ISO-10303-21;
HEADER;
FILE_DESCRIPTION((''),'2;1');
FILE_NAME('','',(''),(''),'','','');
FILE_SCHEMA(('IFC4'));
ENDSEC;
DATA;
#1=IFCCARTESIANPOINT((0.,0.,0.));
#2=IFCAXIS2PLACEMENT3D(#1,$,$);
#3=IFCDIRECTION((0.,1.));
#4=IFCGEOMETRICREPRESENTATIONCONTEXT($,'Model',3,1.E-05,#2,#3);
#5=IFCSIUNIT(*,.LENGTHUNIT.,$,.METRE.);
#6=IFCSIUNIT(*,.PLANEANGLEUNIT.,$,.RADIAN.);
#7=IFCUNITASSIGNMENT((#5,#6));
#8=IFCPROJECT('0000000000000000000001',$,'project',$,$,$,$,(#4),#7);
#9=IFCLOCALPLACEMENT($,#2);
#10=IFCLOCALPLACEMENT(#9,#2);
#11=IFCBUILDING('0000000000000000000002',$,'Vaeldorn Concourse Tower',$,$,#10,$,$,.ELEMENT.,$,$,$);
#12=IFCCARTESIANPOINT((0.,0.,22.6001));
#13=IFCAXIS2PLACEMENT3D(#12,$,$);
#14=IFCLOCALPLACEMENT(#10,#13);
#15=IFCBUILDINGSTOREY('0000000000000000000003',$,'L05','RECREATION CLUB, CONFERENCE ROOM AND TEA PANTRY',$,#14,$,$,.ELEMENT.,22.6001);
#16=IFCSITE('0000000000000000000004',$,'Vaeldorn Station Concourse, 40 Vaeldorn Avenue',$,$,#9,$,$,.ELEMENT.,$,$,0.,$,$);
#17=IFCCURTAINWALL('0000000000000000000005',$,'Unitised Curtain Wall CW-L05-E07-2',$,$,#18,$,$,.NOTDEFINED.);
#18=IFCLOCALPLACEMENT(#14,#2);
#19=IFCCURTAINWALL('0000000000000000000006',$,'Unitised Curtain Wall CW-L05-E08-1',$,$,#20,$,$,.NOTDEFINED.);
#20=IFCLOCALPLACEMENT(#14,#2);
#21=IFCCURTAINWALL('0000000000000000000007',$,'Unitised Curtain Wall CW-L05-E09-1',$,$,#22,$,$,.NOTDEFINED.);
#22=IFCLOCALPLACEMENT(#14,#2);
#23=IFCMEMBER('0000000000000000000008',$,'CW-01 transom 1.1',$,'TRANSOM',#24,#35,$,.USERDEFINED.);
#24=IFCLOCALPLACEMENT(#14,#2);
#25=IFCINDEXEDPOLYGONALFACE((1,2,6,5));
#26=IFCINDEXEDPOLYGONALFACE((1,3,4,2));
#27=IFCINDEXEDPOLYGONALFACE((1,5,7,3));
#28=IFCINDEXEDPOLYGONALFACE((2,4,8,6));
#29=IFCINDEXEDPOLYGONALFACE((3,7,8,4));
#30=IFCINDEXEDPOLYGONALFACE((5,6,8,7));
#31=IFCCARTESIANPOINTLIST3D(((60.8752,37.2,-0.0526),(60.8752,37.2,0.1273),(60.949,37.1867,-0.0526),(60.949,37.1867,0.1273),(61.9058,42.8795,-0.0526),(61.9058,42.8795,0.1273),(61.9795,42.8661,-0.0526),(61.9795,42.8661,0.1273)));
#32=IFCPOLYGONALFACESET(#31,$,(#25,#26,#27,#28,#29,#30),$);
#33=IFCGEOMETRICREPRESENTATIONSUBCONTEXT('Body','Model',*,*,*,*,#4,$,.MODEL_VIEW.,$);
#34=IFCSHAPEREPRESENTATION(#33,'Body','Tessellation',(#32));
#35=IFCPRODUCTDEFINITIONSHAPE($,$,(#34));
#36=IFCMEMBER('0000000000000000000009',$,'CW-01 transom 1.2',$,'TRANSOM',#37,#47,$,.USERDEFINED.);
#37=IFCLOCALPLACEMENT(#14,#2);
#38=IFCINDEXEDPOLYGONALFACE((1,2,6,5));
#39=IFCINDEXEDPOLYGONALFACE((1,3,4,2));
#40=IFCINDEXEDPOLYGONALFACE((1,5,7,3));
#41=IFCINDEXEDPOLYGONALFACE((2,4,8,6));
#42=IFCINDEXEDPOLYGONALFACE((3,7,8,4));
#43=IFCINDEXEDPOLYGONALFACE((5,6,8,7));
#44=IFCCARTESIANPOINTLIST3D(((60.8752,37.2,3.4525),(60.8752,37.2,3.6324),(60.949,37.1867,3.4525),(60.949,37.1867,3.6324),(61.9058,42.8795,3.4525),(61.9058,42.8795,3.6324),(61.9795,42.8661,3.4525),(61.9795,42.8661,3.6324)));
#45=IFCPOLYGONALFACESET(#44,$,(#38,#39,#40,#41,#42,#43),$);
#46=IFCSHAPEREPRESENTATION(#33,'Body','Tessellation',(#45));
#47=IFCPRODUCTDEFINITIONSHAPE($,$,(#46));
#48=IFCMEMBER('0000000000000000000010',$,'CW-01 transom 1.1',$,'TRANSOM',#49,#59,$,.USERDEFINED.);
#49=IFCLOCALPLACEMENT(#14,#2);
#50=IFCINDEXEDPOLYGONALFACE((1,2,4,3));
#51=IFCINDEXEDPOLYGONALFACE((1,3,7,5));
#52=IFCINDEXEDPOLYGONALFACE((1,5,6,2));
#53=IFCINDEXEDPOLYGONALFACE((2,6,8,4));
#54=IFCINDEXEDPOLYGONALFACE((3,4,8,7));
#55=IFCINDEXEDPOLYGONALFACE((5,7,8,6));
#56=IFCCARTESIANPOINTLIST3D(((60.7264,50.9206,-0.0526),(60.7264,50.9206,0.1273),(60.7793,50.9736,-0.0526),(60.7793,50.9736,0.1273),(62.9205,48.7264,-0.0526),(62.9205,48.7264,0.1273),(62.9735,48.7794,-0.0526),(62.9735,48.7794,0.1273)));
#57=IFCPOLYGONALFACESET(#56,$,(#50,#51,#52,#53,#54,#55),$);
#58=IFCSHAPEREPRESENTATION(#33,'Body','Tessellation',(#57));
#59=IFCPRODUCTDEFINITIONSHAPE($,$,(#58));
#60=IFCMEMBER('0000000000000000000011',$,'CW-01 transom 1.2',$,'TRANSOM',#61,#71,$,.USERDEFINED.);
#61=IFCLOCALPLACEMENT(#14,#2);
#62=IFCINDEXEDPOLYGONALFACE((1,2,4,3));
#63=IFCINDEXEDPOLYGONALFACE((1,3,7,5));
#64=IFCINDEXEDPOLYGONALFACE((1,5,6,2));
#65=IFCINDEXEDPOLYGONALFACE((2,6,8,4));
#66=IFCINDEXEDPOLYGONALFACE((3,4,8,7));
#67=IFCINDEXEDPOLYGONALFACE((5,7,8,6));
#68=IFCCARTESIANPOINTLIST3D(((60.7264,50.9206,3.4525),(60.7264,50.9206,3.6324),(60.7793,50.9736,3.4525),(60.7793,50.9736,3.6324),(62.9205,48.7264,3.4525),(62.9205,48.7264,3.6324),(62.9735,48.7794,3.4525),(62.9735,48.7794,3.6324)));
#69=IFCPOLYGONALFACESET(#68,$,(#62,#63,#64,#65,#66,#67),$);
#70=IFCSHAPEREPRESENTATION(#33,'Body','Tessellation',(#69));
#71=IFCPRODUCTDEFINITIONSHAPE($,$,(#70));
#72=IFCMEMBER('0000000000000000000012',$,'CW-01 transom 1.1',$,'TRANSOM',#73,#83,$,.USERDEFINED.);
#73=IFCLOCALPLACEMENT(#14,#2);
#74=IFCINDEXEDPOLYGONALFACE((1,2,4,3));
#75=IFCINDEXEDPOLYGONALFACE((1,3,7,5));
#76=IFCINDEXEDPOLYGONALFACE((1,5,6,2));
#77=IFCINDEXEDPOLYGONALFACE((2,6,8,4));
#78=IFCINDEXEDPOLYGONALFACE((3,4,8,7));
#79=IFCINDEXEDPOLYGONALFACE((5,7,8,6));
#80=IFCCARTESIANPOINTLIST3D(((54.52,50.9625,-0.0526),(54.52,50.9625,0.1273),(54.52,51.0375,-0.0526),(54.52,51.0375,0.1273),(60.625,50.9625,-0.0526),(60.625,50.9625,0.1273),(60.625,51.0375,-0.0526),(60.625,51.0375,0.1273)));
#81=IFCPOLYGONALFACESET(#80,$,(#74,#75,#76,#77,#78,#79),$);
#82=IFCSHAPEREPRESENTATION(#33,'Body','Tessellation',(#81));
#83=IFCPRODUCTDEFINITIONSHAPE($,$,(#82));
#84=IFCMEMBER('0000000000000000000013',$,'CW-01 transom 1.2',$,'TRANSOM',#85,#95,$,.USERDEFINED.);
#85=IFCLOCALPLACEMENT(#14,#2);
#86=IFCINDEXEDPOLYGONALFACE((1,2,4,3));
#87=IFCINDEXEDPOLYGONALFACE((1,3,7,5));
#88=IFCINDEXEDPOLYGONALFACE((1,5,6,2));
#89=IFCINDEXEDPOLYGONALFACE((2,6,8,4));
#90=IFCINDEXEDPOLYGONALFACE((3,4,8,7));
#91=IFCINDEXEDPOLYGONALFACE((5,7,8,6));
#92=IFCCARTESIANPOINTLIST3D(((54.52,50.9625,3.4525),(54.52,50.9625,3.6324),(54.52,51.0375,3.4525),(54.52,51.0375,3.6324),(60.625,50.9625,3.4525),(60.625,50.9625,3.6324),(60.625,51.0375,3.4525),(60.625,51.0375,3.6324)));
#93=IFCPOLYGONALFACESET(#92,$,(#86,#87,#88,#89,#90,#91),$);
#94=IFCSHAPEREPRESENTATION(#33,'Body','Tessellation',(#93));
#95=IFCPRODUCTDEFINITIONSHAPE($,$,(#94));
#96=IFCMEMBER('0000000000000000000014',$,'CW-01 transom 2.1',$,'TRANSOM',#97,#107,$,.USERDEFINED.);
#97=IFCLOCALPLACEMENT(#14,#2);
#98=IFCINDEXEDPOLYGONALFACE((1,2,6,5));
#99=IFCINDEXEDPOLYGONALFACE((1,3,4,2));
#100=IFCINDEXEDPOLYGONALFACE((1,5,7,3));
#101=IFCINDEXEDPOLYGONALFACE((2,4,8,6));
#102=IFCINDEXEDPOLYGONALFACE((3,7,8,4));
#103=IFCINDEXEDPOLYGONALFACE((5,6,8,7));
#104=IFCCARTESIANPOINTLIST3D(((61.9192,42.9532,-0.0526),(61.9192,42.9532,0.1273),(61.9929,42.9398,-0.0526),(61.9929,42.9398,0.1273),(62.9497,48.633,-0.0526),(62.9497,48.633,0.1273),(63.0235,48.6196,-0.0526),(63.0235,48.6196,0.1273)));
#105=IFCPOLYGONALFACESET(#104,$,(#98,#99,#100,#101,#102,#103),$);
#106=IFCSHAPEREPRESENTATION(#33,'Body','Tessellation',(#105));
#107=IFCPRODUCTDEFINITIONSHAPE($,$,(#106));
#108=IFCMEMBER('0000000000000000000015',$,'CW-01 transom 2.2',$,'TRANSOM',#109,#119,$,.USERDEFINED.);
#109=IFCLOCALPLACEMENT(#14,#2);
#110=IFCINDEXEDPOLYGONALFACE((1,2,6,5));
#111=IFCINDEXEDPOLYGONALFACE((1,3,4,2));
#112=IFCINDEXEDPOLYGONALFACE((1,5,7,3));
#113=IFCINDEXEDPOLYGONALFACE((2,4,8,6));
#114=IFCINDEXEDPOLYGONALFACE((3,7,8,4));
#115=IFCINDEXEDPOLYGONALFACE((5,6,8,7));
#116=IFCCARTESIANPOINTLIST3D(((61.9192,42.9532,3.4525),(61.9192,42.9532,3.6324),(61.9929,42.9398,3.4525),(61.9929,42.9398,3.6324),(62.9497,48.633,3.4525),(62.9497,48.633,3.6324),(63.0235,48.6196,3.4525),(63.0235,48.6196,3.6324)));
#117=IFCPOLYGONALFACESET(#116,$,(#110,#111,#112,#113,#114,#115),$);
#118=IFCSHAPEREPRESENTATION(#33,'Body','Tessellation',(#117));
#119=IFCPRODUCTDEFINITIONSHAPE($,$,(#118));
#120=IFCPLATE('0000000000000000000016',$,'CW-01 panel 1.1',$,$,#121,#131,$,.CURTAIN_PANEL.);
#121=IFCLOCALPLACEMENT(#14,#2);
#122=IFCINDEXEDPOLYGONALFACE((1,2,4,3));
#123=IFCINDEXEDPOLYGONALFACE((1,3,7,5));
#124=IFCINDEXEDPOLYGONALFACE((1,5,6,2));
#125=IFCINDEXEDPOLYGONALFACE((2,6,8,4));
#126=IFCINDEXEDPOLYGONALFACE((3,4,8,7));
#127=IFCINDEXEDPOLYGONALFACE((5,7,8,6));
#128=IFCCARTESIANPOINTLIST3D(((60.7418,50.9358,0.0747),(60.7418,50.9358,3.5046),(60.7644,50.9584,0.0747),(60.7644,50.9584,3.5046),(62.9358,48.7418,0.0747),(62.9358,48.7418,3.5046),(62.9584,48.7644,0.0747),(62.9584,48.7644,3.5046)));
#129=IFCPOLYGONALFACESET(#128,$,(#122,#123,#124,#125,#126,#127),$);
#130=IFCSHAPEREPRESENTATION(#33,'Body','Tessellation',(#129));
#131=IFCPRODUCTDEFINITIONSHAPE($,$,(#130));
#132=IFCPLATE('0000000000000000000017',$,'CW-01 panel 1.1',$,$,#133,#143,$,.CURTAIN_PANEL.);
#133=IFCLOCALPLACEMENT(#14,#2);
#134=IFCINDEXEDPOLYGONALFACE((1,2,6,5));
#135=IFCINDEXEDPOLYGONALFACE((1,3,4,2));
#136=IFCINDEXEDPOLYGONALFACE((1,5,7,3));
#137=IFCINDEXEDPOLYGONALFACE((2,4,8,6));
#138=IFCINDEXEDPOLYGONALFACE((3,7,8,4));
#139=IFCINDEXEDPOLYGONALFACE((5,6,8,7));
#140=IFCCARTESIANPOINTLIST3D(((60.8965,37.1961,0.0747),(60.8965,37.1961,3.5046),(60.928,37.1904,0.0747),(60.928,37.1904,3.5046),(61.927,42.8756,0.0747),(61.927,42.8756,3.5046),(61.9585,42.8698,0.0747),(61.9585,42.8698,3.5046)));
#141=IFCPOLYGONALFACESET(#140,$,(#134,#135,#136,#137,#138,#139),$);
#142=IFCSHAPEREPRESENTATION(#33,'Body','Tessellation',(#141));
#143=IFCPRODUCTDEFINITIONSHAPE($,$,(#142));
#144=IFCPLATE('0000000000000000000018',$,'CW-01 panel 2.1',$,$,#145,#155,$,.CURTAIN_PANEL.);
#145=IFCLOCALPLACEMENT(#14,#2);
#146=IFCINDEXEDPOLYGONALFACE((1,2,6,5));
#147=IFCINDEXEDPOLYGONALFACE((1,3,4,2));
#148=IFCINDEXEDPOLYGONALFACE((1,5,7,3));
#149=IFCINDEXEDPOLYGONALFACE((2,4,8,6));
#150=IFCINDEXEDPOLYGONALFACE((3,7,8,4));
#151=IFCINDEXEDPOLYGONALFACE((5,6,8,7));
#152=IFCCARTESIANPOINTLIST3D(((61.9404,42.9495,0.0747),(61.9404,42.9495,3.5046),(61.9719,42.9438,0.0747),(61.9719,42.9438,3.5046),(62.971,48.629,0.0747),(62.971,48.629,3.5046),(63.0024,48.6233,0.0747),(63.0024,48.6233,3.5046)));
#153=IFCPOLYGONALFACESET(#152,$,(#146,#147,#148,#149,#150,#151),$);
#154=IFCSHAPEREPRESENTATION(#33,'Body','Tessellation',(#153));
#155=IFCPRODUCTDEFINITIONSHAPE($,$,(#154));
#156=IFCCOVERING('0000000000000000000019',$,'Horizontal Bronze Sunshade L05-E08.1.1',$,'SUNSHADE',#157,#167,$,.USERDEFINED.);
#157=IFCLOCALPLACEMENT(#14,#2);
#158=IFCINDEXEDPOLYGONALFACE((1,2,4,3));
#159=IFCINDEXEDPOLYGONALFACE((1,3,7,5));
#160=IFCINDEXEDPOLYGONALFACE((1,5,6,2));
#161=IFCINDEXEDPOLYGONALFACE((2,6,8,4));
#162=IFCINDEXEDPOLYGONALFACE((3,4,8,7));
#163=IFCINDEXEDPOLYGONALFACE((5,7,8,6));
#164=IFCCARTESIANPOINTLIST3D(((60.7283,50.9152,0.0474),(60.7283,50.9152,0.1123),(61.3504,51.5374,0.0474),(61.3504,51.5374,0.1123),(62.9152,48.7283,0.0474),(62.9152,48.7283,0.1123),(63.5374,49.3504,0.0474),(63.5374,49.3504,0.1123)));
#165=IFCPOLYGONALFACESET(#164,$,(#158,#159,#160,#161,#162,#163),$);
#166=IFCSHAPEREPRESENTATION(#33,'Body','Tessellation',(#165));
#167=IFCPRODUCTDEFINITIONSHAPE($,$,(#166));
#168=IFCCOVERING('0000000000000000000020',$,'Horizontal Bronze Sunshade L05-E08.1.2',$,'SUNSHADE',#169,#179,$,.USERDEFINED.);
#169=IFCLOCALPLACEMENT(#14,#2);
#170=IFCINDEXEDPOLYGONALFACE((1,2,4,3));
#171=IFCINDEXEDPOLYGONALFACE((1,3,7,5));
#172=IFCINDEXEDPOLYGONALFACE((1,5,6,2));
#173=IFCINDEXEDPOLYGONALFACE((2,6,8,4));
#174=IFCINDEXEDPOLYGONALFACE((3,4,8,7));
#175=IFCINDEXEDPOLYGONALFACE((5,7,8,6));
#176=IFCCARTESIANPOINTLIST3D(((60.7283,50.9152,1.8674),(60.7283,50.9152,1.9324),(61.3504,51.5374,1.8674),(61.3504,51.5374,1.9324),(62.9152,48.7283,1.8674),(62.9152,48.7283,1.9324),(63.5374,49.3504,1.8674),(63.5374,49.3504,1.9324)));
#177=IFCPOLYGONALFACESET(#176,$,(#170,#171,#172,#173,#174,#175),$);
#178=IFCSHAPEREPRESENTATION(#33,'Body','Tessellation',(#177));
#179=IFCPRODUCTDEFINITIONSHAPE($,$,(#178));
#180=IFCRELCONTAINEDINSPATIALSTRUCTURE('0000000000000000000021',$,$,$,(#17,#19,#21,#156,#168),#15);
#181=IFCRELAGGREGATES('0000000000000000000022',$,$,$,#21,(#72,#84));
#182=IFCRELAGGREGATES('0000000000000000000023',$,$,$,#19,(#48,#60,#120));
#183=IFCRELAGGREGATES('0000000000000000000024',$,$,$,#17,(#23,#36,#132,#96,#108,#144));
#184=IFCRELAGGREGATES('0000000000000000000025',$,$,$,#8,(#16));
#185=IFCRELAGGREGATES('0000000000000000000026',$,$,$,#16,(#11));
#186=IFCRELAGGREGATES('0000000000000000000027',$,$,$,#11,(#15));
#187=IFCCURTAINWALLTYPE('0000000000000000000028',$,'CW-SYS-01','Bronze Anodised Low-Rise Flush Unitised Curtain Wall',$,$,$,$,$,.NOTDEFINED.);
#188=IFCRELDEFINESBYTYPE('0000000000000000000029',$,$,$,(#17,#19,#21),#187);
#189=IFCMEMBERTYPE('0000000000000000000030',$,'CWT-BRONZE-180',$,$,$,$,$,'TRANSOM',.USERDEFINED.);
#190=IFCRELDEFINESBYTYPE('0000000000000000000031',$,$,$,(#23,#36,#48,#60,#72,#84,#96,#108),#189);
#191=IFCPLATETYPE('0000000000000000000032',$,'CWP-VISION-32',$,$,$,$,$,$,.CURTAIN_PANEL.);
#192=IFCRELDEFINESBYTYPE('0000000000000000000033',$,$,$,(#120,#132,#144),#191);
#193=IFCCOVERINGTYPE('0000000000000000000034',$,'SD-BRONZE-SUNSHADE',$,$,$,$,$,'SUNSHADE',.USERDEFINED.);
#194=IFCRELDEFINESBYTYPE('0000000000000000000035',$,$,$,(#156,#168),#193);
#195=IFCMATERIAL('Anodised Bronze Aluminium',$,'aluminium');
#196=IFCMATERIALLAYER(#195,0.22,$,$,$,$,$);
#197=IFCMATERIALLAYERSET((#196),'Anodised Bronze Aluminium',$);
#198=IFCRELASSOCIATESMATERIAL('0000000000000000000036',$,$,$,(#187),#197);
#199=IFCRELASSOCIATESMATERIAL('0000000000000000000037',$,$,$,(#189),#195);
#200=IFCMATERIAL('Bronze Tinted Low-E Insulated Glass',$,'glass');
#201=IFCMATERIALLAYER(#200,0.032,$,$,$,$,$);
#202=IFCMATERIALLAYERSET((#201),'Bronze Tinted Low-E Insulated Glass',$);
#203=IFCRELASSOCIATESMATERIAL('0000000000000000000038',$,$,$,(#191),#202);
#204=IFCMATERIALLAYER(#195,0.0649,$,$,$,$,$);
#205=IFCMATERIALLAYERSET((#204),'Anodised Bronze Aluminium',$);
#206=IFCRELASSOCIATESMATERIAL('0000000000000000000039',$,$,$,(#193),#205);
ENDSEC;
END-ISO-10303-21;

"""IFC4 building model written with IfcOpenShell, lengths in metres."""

from ifc_helpers import new_model, si_unit, direction, frame, origin, origin_2d, place, context, subcontext, project, spatial, rectangle, extrude, source, transform, mapped, material, layer, layer_set, material_profile, profile_set, type_object, element, aggregate, save


model = new_model("IFC4")

# Units and contexts
model_context = context("Model", 3, precision=1e-05, world=origin(), true_north=direction((0.0, 1.0)))
body_context = subcontext(model_context, "Body", "Model", "MODEL_VIEW")
ifc_project = project(units=[si_unit("LENGTHUNIT", "METRE"), si_unit("PLANEANGLEUNIT", "RADIAN")], contexts=[model_context])

# Site, building, storey
site_placement = place(None, origin())
site = spatial("IfcSite", under=ifc_project, at=site_placement, Name="Vaeldorn Station Concourse, 40 Vaeldorn Avenue", CompositionType="ELEMENT", RefElevation=0.0)
building_placement = place(site_placement, origin())
building = spatial("IfcBuilding", under=site, at=building_placement, Name="Vaeldorn Concourse Tower", CompositionType="ELEMENT")
storey_placement = place(building_placement, frame((0.0, 0.0, 22.6001)))
storey = spatial("IfcBuildingStorey", under=building, at=storey_placement, Name="L05", Description="RECREATION CLUB, CONFERENCE ROOM AND TEA PANTRY", CompositionType="ELEMENT", Elevation=22.6001)

# Shared definitions
ifc_material_1 = material(Name="Anodised Bronze Aluminium", Category="aluminium")
ifc_layer_1 = layer(ifc_material_1, 0.22)
ifc_layer_set_1 = layer_set([ifc_layer_1], Name="Anodised Bronze Aluminium")
curtain_wall_type = type_object("IfcCurtainWallType", Name="CW-SYS-01", Description="Bronze Anodised Low-Rise Flush Unitised Curtain Wall", PredefinedType="NOTDEFINED", material=ifc_layer_set_1)

# Curtain walls
curtain_wall_1_placement = place(storey_placement, origin())
curtain_wall_1 = element("IfcCurtainWall", 1, at=curtain_wall_1_placement, inside=storey, type_object=curtain_wall_type, Name="Unitised Curtain Wall CW-L05-E07-2", PredefinedType="NOTDEFINED")
curtain_wall_2_placement = place(storey_placement, origin())
curtain_wall_2 = element("IfcCurtainWall", 2, at=curtain_wall_2_placement, inside=storey, type_object=curtain_wall_type, Name="Unitised Curtain Wall CW-L05-E08-1", PredefinedType="NOTDEFINED")

# Curtain wall
curtain_wall_3_placement = place(storey_placement, origin())
curtain_wall_3 = element("IfcCurtainWall", 3, at=curtain_wall_3_placement, inside=storey, type_object=curtain_wall_type, Name="Unitised Curtain Wall CW-L05-E09-1", PredefinedType="NOTDEFINED")

# Members
ifc_material_profile_1 = material_profile(ifc_material_1, rectangle(XDim=0.075, YDim=0.1799, at=origin_2d()), Name="CWT 75x180")
ifc_profile_set_1 = profile_set([ifc_material_profile_1], Name="Anodised Bronze Aluminium")
member_type_1 = type_object("IfcMemberType", Name="CWT-BRONZE-180", ElementType="TRANSOM", PredefinedType="USERDEFINED", material=ifc_profile_set_1)
shared_shape_1 = source(origin(), body_context, "Body", "SweptSolid", [
    extrude(rectangle(XDim=0.075, YDim=0.1799, at=origin_2d()), origin(), (0.0, 0.0, 1.0), 5.7722),
])
member_1_placement = place(storey_placement, frame((60.9121, 37.1934, 0.0374), z_axis=(0.178532, 0.983934, 0.0), x_axis=(-0.983934, 0.178532, 0.0)))
member_1 = element("IfcMember", 4, at=member_1_placement, type_object=member_type_1, Name="CW-01 transom 1.1", ObjectType="TRANSOM", PredefinedType="USERDEFINED", context=body_context, shape_type="MappedRepresentation", body=[
    mapped(shared_shape_1, transform((0.0, 0.0, 0.0), scale=1.0)),
])
member_2_placement = place(storey_placement, frame((60.9121, 37.1934, 3.5425), z_axis=(0.178532, 0.983934, 0.0), x_axis=(-0.983934, 0.178532, 0.0)))
member_2 = element("IfcMember", 5, at=member_2_placement, type_object=member_type_1, Name="CW-01 transom 1.2", ObjectType="TRANSOM", PredefinedType="USERDEFINED", context=body_context, shape_type="MappedRepresentation", body=[
    mapped(shared_shape_1, transform((0.0, 0.0, 0.0), scale=1.0)),
])
shared_shape_2 = source(origin(), body_context, "Body", "SweptSolid", [
    extrude(rectangle(XDim=0.075, YDim=0.1799, at=origin_2d()), origin(), (0.0, 0.0, 1.0), 3.103),
])
member_3_placement = place(storey_placement, frame((62.947, 48.7529, 0.0374), z_axis=(-0.707107, 0.707107, 0.0), x_axis=(-0.707107, -0.707107, 0.0)))
member_3 = element("IfcMember", 6, at=member_3_placement, type_object=member_type_1, Name="CW-01 transom 1.1", ObjectType="TRANSOM", PredefinedType="USERDEFINED", context=body_context, shape_type="MappedRepresentation", body=[
    mapped(shared_shape_2, transform((0.0, 0.0, 0.0), scale=1.0)),
])
member_4_placement = place(storey_placement, frame((62.947, 48.7529, 3.5425), z_axis=(-0.707107, 0.707107, 0.0), x_axis=(-0.707107, -0.707107, 0.0)))
member_4 = element("IfcMember", 7, at=member_4_placement, type_object=member_type_1, Name="CW-01 transom 1.2", ObjectType="TRANSOM", PredefinedType="USERDEFINED", context=body_context, shape_type="MappedRepresentation", body=[
    mapped(shared_shape_2, transform((0.0, 0.0, 0.0), scale=1.0)),
])
shared_shape_3 = source(origin(), body_context, "Body", "SweptSolid", [
    extrude(rectangle(XDim=0.075, YDim=0.1799, at=origin_2d()), origin(), (0.0, 0.0, 1.0), 6.105),
])
member_5_placement = place(storey_placement, frame((60.625, 51.0, 0.0374), z_axis=(-1.0, 0.0, 0.0), x_axis=(0.0, -1.0, 0.0)))
member_5 = element("IfcMember", 8, at=member_5_placement, type_object=member_type_1, Name="CW-01 transom 1.1", ObjectType="TRANSOM", PredefinedType="USERDEFINED", context=body_context, shape_type="MappedRepresentation", body=[
    mapped(shared_shape_3, transform((0.0, 0.0, 0.0), scale=1.0)),
])
member_6_placement = place(storey_placement, frame((60.625, 51.0, 3.5425), z_axis=(-1.0, 0.0, 0.0), x_axis=(0.0, -1.0, 0.0)))
member_6 = element("IfcMember", 9, at=member_6_placement, type_object=member_type_1, Name="CW-01 transom 1.2", ObjectType="TRANSOM", PredefinedType="USERDEFINED", context=body_context, shape_type="MappedRepresentation", body=[
    mapped(shared_shape_3, transform((0.0, 0.0, 0.0), scale=1.0)),
])
aggregate(curtain_wall_3, [member_5, member_6])
shared_shape_4 = source(origin(), body_context, "Body", "SweptSolid", [
    extrude(rectangle(XDim=0.075, YDim=0.1799, at=origin_2d()), origin(), (0.0, 0.0, 1.0), 5.7725),
])
member_7_placement = place(storey_placement, frame((61.9561, 42.9465, 0.0374), z_axis=(0.178524, 0.983935, 0.0), x_axis=(-0.983935, 0.178524, 0.0)))
member_7 = element("IfcMember", 10, at=member_7_placement, type_object=member_type_1, Name="CW-01 transom 2.1", ObjectType="TRANSOM", PredefinedType="USERDEFINED", context=body_context, shape_type="MappedRepresentation", body=[
    mapped(shared_shape_4, transform((0.0, 0.0, 0.0), scale=1.0)),
])
member_8_placement = place(storey_placement, frame((61.9561, 42.9465, 3.5425), z_axis=(0.178524, 0.983935, 0.0), x_axis=(-0.983935, 0.178524, 0.0)))
member_8 = element("IfcMember", 11, at=member_8_placement, type_object=member_type_1, Name="CW-01 transom 2.2", ObjectType="TRANSOM", PredefinedType="USERDEFINED", context=body_context, shape_type="MappedRepresentation", body=[
    mapped(shared_shape_4, transform((0.0, 0.0, 0.0), scale=1.0)),
])

# Plates
ifc_material_2 = material(Name="Bronze Tinted Low-E Insulated Glass", Category="glass")
ifc_layer_2 = layer(ifc_material_2, 0.032)
ifc_layer_set_2 = layer_set([ifc_layer_2], Name="Bronze Tinted Low-E Insulated Glass")
plate_type = type_object("IfcPlateType", Name="CWP-VISION-32", PredefinedType="CURTAIN_PANEL", material=ifc_layer_set_2)
shared_shape_5 = source(origin(), body_context, "Body", "SweptSolid", [
    extrude(rectangle(XDim=3.1028, YDim=0.032, at=origin_2d()), origin(), (0.0, 0.0, 1.0), 3.4299),
])
plate_1_placement = place(storey_placement, frame((61.8501, 49.8501, 0.0747), z_axis=(0.0, 0.0, 1.0), x_axis=(-0.707107, 0.707107, 0.0)))
plate_1 = element("IfcPlate", 12, at=plate_1_placement, type_object=plate_type, Name="CW-01 panel 1.1", PredefinedType="CURTAIN_PANEL", context=body_context, shape_type="MappedRepresentation", body=[
    mapped(shared_shape_5, transform((0.0, 0.0, 0.0), scale=1.0)),
])
aggregate(curtain_wall_2, [member_3, member_4, plate_1])
shared_shape_6 = source(origin(), body_context, "Body", "SweptSolid", [
    extrude(rectangle(XDim=5.7722, YDim=0.032, at=origin_2d()), origin(), (0.0, 0.0, 1.0), 3.4299),
])
plate_2_placement = place(storey_placement, frame((61.4275, 40.033, 0.0747), z_axis=(0.0, 0.0, 1.0), x_axis=(0.178528, 0.983935, 0.0)))
plate_2 = element("IfcPlate", 13, at=plate_2_placement, type_object=plate_type, Name="CW-01 panel 1.1", PredefinedType="CURTAIN_PANEL", context=body_context, shape_type="MappedRepresentation", body=[
    mapped(shared_shape_6, transform((0.0, 0.0, 0.0), scale=1.0)),
])
plate_3_placement = place(storey_placement, frame((62.4714, 45.7864, 0.0747), z_axis=(0.0, 0.0, 1.0), x_axis=(0.178528, 0.983935, 0.0)))
plate_3 = element("IfcPlate", 14, at=plate_3_placement, type_object=plate_type, Name="CW-01 panel 2.1", PredefinedType="CURTAIN_PANEL", context=body_context, shape_type="MappedRepresentation", body=[
    mapped(shared_shape_6, transform((0.0, 0.0, 0.0), scale=1.0)),
])
aggregate(curtain_wall_1, [member_1, member_2, plate_2, member_7, member_8, plate_3])

# Coverings
ifc_layer_3 = layer(ifc_material_1, 0.0649)
ifc_layer_set_3 = layer_set([ifc_layer_3], Name="Anodised Bronze Aluminium")
covering_type = type_object("IfcCoveringType", Name="SD-BRONZE-SUNSHADE", ElementType="SUNSHADE", PredefinedType="USERDEFINED", material=ifc_layer_set_3)
shared_shape_7 = source(origin(), body_context, "Body", "SweptSolid", [
    extrude(rectangle(XDim=3.0928, YDim=0.8799, at=origin_2d()), origin(), (0.0, 0.0, 1.0), 0.0649),
])
for number, where, z_axis, x_axis, name in (
    (15, (62.1328, 50.1328, 0.0474), (0.0, 0.0, 1.0), (-0.707107, 0.707107, 0.0), "Horizontal Bronze Sunshade L05-E08.1.1"),
    (16, (62.1328, 50.1328, 1.8674), (0.0, 0.0, 1.0), (-0.707107, 0.707107, 0.0), "Horizontal Bronze Sunshade L05-E08.1.2"),
):
    element("IfcCovering", number, at=place(storey_placement, frame(where, z_axis=z_axis, x_axis=x_axis)), inside=storey, type_object=covering_type, Name=name, ObjectType="SUNSHADE", PredefinedType="USERDEFINED", context=body_context, shape_type="MappedRepresentation", body=[
        mapped(shared_shape_7, transform((0.0, 0.0, 0.0), scale=1.0)),
    ])

save(model, "model.ifc")
